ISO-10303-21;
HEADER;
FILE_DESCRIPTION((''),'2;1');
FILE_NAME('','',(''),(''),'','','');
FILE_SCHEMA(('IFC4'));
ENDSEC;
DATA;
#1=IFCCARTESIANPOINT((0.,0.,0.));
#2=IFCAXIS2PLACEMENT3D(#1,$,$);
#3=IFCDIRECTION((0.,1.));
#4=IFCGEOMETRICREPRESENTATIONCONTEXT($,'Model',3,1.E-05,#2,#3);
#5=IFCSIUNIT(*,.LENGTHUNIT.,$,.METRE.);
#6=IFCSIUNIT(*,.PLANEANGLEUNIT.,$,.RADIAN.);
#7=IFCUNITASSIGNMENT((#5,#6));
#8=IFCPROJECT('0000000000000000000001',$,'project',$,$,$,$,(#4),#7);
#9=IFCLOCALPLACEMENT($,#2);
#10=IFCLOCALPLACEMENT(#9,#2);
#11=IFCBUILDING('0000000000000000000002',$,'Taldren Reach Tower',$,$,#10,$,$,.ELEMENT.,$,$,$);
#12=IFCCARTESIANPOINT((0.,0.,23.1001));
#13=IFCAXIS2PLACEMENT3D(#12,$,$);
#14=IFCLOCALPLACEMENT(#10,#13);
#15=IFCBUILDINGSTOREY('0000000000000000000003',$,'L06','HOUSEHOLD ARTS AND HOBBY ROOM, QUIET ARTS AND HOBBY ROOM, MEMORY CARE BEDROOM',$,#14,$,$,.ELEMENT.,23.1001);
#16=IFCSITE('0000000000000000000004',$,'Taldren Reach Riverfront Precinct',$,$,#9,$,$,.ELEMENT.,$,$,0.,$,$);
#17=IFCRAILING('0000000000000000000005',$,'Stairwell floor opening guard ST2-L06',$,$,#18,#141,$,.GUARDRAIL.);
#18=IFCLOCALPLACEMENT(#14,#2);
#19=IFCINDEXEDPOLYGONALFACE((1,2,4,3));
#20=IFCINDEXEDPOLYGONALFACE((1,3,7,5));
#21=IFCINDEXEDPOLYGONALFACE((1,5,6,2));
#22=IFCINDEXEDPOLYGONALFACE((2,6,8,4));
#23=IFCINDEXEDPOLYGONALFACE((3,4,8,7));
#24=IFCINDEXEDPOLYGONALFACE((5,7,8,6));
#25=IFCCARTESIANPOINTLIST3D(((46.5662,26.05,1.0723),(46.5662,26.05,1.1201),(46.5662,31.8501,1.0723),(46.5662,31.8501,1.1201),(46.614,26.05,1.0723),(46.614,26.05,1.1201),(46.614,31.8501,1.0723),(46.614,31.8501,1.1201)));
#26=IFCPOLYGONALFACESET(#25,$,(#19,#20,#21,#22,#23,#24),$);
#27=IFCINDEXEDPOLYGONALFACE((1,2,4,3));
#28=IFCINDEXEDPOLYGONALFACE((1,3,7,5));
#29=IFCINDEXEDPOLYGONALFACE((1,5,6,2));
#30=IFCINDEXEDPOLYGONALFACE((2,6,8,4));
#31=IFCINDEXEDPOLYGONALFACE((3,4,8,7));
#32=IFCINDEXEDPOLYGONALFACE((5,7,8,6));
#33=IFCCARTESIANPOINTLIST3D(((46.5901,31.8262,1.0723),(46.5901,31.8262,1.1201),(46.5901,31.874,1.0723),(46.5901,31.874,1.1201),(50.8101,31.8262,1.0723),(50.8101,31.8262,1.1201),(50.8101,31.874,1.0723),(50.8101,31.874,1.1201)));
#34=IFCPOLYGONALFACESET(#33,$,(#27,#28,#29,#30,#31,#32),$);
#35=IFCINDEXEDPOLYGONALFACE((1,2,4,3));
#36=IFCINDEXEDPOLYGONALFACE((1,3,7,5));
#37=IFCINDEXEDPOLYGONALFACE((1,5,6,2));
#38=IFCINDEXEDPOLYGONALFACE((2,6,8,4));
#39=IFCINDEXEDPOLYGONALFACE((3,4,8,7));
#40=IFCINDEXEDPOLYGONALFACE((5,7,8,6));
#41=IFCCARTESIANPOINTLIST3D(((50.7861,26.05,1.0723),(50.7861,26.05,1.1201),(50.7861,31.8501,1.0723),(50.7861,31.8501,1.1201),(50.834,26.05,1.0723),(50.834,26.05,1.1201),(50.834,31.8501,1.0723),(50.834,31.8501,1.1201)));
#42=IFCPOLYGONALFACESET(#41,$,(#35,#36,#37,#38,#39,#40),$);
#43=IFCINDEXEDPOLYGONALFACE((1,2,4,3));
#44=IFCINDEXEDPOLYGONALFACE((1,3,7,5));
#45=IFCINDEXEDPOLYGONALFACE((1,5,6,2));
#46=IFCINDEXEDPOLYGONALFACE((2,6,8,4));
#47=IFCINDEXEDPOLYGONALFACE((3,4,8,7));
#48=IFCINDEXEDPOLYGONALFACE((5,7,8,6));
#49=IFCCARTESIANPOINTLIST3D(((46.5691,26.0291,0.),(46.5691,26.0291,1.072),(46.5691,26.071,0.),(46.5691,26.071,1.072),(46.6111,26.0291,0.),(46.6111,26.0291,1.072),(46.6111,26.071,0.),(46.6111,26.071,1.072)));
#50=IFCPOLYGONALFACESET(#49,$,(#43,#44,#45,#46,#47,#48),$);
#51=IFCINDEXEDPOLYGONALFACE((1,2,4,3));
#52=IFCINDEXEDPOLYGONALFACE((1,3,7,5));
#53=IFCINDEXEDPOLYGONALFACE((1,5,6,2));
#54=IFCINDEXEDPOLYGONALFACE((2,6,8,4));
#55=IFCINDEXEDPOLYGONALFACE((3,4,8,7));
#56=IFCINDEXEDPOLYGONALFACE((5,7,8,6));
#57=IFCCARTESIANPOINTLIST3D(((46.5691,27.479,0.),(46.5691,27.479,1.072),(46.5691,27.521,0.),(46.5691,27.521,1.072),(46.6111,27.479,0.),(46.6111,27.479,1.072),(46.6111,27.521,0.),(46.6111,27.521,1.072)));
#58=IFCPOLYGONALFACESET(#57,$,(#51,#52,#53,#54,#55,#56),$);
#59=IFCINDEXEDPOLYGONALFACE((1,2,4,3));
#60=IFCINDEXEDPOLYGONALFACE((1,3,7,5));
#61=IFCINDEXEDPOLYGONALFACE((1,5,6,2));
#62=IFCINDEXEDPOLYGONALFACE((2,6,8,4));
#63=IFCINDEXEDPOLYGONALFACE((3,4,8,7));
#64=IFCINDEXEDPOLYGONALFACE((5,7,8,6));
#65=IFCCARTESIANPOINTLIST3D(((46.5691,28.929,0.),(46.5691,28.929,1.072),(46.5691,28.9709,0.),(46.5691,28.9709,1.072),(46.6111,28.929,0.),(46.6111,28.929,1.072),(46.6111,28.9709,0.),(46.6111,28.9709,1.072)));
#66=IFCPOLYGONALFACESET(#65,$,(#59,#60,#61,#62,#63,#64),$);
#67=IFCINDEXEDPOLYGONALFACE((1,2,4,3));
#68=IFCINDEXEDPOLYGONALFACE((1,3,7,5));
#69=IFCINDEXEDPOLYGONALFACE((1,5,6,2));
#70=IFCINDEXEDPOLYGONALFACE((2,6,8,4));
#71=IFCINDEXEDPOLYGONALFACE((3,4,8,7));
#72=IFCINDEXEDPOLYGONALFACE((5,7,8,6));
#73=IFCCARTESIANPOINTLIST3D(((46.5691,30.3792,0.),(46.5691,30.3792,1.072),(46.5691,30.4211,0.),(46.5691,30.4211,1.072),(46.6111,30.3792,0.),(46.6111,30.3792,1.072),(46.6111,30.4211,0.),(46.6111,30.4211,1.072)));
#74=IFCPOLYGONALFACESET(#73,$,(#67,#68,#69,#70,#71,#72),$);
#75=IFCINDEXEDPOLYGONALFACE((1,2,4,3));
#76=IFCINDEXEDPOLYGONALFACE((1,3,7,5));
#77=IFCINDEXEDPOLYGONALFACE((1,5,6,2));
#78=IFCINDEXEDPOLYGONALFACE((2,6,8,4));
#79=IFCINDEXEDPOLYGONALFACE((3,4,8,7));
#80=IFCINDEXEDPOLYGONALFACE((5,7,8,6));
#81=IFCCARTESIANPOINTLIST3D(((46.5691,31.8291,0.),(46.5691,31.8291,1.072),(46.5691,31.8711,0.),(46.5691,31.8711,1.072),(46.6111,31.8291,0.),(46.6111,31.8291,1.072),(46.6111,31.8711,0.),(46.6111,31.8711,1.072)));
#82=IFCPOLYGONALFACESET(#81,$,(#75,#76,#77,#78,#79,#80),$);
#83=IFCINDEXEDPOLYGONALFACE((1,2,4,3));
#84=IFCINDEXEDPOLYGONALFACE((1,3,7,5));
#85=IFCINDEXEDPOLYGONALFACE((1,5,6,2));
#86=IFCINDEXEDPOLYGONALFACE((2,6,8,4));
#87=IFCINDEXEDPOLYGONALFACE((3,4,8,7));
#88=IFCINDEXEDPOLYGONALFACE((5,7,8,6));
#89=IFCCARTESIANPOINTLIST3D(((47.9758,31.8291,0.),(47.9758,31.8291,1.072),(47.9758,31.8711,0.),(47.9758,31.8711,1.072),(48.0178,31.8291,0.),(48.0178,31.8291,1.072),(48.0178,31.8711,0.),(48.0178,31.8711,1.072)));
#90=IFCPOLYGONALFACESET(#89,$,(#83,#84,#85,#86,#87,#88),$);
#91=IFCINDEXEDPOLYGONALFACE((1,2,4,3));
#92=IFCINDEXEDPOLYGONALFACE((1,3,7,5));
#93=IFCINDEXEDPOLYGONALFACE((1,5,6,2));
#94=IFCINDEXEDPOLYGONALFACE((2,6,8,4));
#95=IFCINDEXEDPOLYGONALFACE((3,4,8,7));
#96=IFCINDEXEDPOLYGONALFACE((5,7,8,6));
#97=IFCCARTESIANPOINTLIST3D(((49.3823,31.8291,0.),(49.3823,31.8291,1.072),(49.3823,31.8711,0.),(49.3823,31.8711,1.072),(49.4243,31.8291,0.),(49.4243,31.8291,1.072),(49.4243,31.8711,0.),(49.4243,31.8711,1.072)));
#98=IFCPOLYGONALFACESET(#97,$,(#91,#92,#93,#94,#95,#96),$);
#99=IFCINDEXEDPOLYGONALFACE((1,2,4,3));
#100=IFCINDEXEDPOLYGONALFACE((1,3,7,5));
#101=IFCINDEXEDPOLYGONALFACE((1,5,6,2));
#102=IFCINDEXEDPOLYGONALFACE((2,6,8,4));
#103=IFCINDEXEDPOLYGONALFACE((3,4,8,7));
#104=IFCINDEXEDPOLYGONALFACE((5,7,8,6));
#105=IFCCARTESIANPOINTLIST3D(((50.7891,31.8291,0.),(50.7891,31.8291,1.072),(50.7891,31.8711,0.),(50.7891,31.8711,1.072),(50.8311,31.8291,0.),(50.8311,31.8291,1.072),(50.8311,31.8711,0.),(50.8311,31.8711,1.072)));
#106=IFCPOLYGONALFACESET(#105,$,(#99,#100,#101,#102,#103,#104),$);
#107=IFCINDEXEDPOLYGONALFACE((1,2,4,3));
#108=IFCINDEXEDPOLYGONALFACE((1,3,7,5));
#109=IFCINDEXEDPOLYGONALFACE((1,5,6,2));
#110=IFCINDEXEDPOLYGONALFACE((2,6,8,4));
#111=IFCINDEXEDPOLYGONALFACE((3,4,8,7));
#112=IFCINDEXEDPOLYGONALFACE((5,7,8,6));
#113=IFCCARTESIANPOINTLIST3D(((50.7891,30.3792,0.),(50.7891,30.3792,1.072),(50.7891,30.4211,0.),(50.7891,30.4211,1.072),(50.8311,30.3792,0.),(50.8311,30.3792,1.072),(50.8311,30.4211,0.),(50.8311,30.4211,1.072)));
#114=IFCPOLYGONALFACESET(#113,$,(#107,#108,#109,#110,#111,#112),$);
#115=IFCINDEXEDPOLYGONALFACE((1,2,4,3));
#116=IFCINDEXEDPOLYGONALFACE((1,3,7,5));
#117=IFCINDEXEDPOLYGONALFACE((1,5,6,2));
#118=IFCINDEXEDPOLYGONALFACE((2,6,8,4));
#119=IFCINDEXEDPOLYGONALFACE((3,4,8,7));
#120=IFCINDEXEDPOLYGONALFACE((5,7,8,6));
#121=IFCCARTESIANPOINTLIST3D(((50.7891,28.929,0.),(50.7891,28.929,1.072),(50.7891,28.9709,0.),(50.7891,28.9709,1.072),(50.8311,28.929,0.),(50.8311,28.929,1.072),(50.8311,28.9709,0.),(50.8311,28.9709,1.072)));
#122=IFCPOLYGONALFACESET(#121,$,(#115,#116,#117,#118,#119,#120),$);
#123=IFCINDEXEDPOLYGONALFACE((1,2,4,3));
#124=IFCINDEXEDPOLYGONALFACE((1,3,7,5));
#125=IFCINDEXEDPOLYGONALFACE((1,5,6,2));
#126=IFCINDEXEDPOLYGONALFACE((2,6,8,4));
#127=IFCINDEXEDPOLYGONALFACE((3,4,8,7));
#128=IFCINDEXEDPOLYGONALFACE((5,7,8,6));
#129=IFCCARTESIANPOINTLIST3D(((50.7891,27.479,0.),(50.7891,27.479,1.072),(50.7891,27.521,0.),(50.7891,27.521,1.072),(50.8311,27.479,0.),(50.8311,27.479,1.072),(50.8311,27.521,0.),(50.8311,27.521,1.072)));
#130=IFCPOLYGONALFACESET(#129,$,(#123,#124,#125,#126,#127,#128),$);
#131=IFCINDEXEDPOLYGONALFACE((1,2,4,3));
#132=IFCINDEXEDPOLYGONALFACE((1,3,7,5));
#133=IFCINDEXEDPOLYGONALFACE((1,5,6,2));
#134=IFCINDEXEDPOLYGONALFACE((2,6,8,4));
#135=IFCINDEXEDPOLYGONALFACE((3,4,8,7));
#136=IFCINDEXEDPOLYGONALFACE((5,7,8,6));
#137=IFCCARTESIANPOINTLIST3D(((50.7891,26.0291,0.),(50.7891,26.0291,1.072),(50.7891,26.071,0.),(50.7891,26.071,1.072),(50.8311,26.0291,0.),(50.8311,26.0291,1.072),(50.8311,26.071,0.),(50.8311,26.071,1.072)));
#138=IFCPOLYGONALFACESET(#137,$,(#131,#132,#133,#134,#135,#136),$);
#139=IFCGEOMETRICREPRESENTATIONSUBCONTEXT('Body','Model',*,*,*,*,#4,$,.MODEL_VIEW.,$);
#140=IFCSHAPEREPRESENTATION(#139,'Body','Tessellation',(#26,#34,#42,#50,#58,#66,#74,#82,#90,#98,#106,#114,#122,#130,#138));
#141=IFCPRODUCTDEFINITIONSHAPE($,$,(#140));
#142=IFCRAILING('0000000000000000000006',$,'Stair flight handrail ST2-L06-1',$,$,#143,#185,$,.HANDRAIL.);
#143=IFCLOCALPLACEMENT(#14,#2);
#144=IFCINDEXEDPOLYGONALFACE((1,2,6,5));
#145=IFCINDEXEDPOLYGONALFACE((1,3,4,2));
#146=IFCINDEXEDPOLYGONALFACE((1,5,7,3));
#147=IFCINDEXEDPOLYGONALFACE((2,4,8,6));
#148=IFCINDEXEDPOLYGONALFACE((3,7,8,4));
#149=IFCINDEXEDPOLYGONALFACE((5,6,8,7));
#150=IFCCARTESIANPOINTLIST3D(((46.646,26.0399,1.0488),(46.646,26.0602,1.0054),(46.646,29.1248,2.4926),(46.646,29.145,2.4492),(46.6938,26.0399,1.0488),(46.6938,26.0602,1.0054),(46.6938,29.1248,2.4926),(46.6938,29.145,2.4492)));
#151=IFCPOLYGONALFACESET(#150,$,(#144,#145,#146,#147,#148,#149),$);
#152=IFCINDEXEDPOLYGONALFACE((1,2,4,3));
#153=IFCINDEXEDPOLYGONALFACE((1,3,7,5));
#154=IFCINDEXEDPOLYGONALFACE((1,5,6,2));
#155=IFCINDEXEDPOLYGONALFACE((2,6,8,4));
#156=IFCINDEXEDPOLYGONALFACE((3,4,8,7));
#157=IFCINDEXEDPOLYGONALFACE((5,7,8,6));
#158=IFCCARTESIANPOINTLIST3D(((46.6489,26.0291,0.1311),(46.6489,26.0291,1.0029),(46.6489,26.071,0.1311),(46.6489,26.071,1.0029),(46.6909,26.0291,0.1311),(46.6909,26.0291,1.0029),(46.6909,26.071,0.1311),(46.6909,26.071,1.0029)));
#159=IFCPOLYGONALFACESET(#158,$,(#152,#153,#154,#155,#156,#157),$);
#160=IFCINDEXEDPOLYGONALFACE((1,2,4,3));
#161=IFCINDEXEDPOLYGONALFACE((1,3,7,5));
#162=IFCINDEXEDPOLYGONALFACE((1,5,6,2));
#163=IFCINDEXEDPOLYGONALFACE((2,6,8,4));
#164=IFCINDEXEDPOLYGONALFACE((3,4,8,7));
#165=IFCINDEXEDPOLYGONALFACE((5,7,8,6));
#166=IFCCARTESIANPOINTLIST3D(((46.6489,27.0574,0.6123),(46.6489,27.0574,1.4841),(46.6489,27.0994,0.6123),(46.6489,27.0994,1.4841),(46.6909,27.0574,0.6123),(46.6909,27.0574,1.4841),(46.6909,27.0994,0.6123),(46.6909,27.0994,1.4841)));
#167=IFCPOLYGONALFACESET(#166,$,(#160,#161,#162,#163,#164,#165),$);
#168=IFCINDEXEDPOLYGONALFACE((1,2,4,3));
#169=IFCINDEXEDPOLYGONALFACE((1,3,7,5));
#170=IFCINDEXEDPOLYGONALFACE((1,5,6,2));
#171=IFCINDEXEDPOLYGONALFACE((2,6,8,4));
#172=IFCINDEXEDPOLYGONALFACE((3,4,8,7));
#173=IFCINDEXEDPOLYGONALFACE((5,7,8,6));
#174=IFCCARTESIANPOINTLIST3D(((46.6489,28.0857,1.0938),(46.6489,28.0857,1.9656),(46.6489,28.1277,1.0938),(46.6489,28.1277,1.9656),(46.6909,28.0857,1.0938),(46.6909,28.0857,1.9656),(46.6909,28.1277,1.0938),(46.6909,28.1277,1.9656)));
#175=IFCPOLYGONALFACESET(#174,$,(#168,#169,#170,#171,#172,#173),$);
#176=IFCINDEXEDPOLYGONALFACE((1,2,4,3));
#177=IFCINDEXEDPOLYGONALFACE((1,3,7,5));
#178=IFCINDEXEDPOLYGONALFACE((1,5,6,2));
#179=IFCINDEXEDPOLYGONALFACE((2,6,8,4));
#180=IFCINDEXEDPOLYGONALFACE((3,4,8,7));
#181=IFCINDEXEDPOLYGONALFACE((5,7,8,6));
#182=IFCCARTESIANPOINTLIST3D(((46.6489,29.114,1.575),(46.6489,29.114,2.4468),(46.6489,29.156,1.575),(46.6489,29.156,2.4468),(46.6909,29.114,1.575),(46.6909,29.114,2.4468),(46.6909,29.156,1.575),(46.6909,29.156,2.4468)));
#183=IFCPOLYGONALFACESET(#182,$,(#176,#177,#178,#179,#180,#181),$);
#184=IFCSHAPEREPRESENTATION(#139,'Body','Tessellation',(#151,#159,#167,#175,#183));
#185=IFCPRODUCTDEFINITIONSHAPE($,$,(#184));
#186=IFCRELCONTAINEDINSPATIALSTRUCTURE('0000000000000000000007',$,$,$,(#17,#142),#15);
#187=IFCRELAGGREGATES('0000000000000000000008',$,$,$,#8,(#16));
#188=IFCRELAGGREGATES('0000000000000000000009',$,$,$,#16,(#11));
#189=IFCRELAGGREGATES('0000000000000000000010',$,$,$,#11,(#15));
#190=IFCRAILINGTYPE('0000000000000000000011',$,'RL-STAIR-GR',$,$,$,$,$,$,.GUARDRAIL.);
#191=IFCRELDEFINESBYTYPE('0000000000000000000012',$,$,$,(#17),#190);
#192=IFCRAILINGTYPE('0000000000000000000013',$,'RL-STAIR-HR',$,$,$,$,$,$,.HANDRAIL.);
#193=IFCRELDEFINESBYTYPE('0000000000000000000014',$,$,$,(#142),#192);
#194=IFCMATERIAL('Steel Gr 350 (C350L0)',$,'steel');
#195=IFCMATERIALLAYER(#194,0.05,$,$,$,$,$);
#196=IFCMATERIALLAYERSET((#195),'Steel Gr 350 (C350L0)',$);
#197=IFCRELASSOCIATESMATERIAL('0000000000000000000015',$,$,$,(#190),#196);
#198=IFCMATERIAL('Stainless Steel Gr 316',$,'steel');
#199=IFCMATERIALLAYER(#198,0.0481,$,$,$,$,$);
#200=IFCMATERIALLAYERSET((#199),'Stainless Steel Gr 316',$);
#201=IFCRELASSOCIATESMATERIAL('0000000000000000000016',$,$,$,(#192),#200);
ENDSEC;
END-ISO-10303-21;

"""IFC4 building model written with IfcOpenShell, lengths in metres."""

from ifc_helpers import new_model, si_unit, direction, frame, origin, origin_2d, place, context, subcontext, project, spatial, rectangle, extrude, material, layer, layer_set, type_object, element, save


model = new_model("IFC4")

# Units and contexts
model_context = context("Model", 3, precision=1e-05, world=origin(), true_north=direction((0.0, 1.0)))
body_context = subcontext(model_context, "Body", "Model", "MODEL_VIEW")
ifc_project = project(units=[si_unit("LENGTHUNIT", "METRE"), si_unit("PLANEANGLEUNIT", "RADIAN")], contexts=[model_context])

# Site, building, storey
site_placement = place(None, origin())
site = spatial("IfcSite", under=ifc_project, at=site_placement, Name="Taldren Reach Riverfront Precinct", CompositionType="ELEMENT", RefElevation=0.0)
building_placement = place(site_placement, origin())
building = spatial("IfcBuilding", under=site, at=building_placement, Name="Taldren Reach Tower", CompositionType="ELEMENT")
storey_placement = place(building_placement, frame((0.0, 0.0, 23.1001)))
storey = spatial("IfcBuildingStorey", under=building, at=storey_placement, Name="L06", Description="HOUSEHOLD ARTS AND HOBBY ROOM, QUIET ARTS AND HOBBY ROOM, MEMORY CARE BEDROOM", CompositionType="ELEMENT", Elevation=23.1001)

# Shared definitions
ifc_material_1 = material(Name="Steel Gr 350 (C350L0)", Category="steel")

# Railings
ifc_layer_1 = layer(ifc_material_1, 0.05)
ifc_layer_set_1 = layer_set([ifc_layer_1], Name="Steel Gr 350 (C350L0)")
railing_type_1 = type_object("IfcRailingType", Name="RL-STAIR-GR", PredefinedType="GUARDRAIL", material=ifc_layer_set_1)
railing_1_placement = place(storey_placement, frame((46.5901, 26.05, 0.0)))
element("IfcRailing", 1, at=railing_1_placement, inside=storey, type_object=railing_type_1, Name="Stairwell floor opening guard ST2-L06", PredefinedType="GUARDRAIL", context=body_context, shape_type="SweptSolid", body=[
    extrude(rectangle(XDim=0.0479, YDim=0.0479, at=origin_2d()), frame((0.0, 0.0, 1.0962), z_axis=(0.0, 1.0, 0.0), x_axis=(-1.0, 0.0, 0.0)), (0.0, 0.0, 1.0), 5.8),
    extrude(rectangle(XDim=0.0479, YDim=0.0479, at=origin_2d()), frame((0.0, 5.8, 1.0962), z_axis=(1.0, 0.0, 0.0), x_axis=(0.0, 1.0, 0.0)), (0.0, 0.0, 1.0), 4.22),
    extrude(rectangle(XDim=0.0479, YDim=0.0479, at=origin_2d()), frame((4.22, 5.8, 1.0962), z_axis=(0.0, -1.0, 0.0), x_axis=(1.0, 0.0, 0.0)), (0.0, 0.0, 1.0), 5.8),
    extrude(rectangle(XDim=0.042, YDim=0.042, at=origin_2d()), origin(), (0.0, 0.0, 1.0), 1.072),
    extrude(rectangle(XDim=0.042, YDim=0.042, at=origin_2d()), frame((0.0, 1.45, 0.0)), (0.0, 0.0, 1.0), 1.072),
    extrude(rectangle(XDim=0.042, YDim=0.042, at=origin_2d()), frame((0.0, 2.8999, 0.0)), (0.0, 0.0, 1.0), 1.072),
    extrude(rectangle(XDim=0.042, YDim=0.042, at=origin_2d()), frame((0.0, 4.3501, 0.0)), (0.0, 0.0, 1.0), 1.072),
    extrude(rectangle(XDim=0.042, YDim=0.042, at=origin_2d()), frame((0.0, 5.8, 0.0)), (0.0, 0.0, 1.0), 1.072),
    extrude(rectangle(XDim=0.042, YDim=0.042, at=origin_2d()), frame((1.4067, 5.8, 0.0)), (0.0, 0.0, 1.0), 1.072),
    extrude(rectangle(XDim=0.042, YDim=0.042, at=origin_2d()), frame((2.8132, 5.8, 0.0)), (0.0, 0.0, 1.0), 1.072),
    extrude(rectangle(XDim=0.042, YDim=0.042, at=origin_2d()), frame((4.22, 5.8, 0.0)), (0.0, 0.0, 1.0), 1.072),
    extrude(rectangle(XDim=0.042, YDim=0.042, at=origin_2d()), frame((4.22, 4.3501, 0.0)), (0.0, 0.0, 1.0), 1.072),
    extrude(rectangle(XDim=0.042, YDim=0.042, at=origin_2d()), frame((4.22, 2.8999, 0.0)), (0.0, 0.0, 1.0), 1.072),
    extrude(rectangle(XDim=0.042, YDim=0.042, at=origin_2d()), frame((4.22, 1.45, 0.0)), (0.0, 0.0, 1.0), 1.072),
    extrude(rectangle(XDim=0.042, YDim=0.042, at=origin_2d()), frame((4.22, 0.0, 0.0)), (0.0, 0.0, 1.0), 1.072),
])
ifc_material_2 = material(Name="Stainless Steel Gr 316", Category="steel")
ifc_layer_2 = layer(ifc_material_2, 0.0481)
ifc_layer_set_2 = layer_set([ifc_layer_2], Name="Stainless Steel Gr 316")
railing_type_2 = type_object("IfcRailingType", Name="RL-STAIR-HR", PredefinedType="HANDRAIL", material=ifc_layer_set_2)
railing_2_placement = place(storey_placement, frame((46.6699, 26.05, 0.1311)))
element("IfcRailing", 2, at=railing_2_placement, inside=storey, type_object=railing_type_2, Name="Stair flight handrail ST2-L06-1", PredefinedType="HANDRAIL", context=body_context, shape_type="SweptSolid", body=[
    extrude(rectangle(XDim=0.0479, YDim=0.0479, at=origin_2d()), frame((0.0, 0.0, 0.896), z_axis=(0.0, 0.90571, 0.423898), x_axis=(-1.0, 0.0, 0.0)), (0.0, 0.0, 1.0), 3.406),
    extrude(rectangle(XDim=0.042, YDim=0.042, at=origin_2d()), origin(), (0.0, 0.0, 1.0), 0.8718),
    extrude(rectangle(XDim=0.042, YDim=0.042, at=origin_2d()), frame((0.0, 1.0283, 0.4812)), (0.0, 0.0, 1.0), 0.8718),
    extrude(rectangle(XDim=0.042, YDim=0.042, at=origin_2d()), frame((0.0, 2.0566, 0.9626)), (0.0, 0.0, 1.0), 0.8718),
    extrude(rectangle(XDim=0.042, YDim=0.042, at=origin_2d()), frame((0.0, 3.085, 1.4438)), (0.0, 0.0, 1.0), 0.8718),
])

save(model, "model.ifc")
